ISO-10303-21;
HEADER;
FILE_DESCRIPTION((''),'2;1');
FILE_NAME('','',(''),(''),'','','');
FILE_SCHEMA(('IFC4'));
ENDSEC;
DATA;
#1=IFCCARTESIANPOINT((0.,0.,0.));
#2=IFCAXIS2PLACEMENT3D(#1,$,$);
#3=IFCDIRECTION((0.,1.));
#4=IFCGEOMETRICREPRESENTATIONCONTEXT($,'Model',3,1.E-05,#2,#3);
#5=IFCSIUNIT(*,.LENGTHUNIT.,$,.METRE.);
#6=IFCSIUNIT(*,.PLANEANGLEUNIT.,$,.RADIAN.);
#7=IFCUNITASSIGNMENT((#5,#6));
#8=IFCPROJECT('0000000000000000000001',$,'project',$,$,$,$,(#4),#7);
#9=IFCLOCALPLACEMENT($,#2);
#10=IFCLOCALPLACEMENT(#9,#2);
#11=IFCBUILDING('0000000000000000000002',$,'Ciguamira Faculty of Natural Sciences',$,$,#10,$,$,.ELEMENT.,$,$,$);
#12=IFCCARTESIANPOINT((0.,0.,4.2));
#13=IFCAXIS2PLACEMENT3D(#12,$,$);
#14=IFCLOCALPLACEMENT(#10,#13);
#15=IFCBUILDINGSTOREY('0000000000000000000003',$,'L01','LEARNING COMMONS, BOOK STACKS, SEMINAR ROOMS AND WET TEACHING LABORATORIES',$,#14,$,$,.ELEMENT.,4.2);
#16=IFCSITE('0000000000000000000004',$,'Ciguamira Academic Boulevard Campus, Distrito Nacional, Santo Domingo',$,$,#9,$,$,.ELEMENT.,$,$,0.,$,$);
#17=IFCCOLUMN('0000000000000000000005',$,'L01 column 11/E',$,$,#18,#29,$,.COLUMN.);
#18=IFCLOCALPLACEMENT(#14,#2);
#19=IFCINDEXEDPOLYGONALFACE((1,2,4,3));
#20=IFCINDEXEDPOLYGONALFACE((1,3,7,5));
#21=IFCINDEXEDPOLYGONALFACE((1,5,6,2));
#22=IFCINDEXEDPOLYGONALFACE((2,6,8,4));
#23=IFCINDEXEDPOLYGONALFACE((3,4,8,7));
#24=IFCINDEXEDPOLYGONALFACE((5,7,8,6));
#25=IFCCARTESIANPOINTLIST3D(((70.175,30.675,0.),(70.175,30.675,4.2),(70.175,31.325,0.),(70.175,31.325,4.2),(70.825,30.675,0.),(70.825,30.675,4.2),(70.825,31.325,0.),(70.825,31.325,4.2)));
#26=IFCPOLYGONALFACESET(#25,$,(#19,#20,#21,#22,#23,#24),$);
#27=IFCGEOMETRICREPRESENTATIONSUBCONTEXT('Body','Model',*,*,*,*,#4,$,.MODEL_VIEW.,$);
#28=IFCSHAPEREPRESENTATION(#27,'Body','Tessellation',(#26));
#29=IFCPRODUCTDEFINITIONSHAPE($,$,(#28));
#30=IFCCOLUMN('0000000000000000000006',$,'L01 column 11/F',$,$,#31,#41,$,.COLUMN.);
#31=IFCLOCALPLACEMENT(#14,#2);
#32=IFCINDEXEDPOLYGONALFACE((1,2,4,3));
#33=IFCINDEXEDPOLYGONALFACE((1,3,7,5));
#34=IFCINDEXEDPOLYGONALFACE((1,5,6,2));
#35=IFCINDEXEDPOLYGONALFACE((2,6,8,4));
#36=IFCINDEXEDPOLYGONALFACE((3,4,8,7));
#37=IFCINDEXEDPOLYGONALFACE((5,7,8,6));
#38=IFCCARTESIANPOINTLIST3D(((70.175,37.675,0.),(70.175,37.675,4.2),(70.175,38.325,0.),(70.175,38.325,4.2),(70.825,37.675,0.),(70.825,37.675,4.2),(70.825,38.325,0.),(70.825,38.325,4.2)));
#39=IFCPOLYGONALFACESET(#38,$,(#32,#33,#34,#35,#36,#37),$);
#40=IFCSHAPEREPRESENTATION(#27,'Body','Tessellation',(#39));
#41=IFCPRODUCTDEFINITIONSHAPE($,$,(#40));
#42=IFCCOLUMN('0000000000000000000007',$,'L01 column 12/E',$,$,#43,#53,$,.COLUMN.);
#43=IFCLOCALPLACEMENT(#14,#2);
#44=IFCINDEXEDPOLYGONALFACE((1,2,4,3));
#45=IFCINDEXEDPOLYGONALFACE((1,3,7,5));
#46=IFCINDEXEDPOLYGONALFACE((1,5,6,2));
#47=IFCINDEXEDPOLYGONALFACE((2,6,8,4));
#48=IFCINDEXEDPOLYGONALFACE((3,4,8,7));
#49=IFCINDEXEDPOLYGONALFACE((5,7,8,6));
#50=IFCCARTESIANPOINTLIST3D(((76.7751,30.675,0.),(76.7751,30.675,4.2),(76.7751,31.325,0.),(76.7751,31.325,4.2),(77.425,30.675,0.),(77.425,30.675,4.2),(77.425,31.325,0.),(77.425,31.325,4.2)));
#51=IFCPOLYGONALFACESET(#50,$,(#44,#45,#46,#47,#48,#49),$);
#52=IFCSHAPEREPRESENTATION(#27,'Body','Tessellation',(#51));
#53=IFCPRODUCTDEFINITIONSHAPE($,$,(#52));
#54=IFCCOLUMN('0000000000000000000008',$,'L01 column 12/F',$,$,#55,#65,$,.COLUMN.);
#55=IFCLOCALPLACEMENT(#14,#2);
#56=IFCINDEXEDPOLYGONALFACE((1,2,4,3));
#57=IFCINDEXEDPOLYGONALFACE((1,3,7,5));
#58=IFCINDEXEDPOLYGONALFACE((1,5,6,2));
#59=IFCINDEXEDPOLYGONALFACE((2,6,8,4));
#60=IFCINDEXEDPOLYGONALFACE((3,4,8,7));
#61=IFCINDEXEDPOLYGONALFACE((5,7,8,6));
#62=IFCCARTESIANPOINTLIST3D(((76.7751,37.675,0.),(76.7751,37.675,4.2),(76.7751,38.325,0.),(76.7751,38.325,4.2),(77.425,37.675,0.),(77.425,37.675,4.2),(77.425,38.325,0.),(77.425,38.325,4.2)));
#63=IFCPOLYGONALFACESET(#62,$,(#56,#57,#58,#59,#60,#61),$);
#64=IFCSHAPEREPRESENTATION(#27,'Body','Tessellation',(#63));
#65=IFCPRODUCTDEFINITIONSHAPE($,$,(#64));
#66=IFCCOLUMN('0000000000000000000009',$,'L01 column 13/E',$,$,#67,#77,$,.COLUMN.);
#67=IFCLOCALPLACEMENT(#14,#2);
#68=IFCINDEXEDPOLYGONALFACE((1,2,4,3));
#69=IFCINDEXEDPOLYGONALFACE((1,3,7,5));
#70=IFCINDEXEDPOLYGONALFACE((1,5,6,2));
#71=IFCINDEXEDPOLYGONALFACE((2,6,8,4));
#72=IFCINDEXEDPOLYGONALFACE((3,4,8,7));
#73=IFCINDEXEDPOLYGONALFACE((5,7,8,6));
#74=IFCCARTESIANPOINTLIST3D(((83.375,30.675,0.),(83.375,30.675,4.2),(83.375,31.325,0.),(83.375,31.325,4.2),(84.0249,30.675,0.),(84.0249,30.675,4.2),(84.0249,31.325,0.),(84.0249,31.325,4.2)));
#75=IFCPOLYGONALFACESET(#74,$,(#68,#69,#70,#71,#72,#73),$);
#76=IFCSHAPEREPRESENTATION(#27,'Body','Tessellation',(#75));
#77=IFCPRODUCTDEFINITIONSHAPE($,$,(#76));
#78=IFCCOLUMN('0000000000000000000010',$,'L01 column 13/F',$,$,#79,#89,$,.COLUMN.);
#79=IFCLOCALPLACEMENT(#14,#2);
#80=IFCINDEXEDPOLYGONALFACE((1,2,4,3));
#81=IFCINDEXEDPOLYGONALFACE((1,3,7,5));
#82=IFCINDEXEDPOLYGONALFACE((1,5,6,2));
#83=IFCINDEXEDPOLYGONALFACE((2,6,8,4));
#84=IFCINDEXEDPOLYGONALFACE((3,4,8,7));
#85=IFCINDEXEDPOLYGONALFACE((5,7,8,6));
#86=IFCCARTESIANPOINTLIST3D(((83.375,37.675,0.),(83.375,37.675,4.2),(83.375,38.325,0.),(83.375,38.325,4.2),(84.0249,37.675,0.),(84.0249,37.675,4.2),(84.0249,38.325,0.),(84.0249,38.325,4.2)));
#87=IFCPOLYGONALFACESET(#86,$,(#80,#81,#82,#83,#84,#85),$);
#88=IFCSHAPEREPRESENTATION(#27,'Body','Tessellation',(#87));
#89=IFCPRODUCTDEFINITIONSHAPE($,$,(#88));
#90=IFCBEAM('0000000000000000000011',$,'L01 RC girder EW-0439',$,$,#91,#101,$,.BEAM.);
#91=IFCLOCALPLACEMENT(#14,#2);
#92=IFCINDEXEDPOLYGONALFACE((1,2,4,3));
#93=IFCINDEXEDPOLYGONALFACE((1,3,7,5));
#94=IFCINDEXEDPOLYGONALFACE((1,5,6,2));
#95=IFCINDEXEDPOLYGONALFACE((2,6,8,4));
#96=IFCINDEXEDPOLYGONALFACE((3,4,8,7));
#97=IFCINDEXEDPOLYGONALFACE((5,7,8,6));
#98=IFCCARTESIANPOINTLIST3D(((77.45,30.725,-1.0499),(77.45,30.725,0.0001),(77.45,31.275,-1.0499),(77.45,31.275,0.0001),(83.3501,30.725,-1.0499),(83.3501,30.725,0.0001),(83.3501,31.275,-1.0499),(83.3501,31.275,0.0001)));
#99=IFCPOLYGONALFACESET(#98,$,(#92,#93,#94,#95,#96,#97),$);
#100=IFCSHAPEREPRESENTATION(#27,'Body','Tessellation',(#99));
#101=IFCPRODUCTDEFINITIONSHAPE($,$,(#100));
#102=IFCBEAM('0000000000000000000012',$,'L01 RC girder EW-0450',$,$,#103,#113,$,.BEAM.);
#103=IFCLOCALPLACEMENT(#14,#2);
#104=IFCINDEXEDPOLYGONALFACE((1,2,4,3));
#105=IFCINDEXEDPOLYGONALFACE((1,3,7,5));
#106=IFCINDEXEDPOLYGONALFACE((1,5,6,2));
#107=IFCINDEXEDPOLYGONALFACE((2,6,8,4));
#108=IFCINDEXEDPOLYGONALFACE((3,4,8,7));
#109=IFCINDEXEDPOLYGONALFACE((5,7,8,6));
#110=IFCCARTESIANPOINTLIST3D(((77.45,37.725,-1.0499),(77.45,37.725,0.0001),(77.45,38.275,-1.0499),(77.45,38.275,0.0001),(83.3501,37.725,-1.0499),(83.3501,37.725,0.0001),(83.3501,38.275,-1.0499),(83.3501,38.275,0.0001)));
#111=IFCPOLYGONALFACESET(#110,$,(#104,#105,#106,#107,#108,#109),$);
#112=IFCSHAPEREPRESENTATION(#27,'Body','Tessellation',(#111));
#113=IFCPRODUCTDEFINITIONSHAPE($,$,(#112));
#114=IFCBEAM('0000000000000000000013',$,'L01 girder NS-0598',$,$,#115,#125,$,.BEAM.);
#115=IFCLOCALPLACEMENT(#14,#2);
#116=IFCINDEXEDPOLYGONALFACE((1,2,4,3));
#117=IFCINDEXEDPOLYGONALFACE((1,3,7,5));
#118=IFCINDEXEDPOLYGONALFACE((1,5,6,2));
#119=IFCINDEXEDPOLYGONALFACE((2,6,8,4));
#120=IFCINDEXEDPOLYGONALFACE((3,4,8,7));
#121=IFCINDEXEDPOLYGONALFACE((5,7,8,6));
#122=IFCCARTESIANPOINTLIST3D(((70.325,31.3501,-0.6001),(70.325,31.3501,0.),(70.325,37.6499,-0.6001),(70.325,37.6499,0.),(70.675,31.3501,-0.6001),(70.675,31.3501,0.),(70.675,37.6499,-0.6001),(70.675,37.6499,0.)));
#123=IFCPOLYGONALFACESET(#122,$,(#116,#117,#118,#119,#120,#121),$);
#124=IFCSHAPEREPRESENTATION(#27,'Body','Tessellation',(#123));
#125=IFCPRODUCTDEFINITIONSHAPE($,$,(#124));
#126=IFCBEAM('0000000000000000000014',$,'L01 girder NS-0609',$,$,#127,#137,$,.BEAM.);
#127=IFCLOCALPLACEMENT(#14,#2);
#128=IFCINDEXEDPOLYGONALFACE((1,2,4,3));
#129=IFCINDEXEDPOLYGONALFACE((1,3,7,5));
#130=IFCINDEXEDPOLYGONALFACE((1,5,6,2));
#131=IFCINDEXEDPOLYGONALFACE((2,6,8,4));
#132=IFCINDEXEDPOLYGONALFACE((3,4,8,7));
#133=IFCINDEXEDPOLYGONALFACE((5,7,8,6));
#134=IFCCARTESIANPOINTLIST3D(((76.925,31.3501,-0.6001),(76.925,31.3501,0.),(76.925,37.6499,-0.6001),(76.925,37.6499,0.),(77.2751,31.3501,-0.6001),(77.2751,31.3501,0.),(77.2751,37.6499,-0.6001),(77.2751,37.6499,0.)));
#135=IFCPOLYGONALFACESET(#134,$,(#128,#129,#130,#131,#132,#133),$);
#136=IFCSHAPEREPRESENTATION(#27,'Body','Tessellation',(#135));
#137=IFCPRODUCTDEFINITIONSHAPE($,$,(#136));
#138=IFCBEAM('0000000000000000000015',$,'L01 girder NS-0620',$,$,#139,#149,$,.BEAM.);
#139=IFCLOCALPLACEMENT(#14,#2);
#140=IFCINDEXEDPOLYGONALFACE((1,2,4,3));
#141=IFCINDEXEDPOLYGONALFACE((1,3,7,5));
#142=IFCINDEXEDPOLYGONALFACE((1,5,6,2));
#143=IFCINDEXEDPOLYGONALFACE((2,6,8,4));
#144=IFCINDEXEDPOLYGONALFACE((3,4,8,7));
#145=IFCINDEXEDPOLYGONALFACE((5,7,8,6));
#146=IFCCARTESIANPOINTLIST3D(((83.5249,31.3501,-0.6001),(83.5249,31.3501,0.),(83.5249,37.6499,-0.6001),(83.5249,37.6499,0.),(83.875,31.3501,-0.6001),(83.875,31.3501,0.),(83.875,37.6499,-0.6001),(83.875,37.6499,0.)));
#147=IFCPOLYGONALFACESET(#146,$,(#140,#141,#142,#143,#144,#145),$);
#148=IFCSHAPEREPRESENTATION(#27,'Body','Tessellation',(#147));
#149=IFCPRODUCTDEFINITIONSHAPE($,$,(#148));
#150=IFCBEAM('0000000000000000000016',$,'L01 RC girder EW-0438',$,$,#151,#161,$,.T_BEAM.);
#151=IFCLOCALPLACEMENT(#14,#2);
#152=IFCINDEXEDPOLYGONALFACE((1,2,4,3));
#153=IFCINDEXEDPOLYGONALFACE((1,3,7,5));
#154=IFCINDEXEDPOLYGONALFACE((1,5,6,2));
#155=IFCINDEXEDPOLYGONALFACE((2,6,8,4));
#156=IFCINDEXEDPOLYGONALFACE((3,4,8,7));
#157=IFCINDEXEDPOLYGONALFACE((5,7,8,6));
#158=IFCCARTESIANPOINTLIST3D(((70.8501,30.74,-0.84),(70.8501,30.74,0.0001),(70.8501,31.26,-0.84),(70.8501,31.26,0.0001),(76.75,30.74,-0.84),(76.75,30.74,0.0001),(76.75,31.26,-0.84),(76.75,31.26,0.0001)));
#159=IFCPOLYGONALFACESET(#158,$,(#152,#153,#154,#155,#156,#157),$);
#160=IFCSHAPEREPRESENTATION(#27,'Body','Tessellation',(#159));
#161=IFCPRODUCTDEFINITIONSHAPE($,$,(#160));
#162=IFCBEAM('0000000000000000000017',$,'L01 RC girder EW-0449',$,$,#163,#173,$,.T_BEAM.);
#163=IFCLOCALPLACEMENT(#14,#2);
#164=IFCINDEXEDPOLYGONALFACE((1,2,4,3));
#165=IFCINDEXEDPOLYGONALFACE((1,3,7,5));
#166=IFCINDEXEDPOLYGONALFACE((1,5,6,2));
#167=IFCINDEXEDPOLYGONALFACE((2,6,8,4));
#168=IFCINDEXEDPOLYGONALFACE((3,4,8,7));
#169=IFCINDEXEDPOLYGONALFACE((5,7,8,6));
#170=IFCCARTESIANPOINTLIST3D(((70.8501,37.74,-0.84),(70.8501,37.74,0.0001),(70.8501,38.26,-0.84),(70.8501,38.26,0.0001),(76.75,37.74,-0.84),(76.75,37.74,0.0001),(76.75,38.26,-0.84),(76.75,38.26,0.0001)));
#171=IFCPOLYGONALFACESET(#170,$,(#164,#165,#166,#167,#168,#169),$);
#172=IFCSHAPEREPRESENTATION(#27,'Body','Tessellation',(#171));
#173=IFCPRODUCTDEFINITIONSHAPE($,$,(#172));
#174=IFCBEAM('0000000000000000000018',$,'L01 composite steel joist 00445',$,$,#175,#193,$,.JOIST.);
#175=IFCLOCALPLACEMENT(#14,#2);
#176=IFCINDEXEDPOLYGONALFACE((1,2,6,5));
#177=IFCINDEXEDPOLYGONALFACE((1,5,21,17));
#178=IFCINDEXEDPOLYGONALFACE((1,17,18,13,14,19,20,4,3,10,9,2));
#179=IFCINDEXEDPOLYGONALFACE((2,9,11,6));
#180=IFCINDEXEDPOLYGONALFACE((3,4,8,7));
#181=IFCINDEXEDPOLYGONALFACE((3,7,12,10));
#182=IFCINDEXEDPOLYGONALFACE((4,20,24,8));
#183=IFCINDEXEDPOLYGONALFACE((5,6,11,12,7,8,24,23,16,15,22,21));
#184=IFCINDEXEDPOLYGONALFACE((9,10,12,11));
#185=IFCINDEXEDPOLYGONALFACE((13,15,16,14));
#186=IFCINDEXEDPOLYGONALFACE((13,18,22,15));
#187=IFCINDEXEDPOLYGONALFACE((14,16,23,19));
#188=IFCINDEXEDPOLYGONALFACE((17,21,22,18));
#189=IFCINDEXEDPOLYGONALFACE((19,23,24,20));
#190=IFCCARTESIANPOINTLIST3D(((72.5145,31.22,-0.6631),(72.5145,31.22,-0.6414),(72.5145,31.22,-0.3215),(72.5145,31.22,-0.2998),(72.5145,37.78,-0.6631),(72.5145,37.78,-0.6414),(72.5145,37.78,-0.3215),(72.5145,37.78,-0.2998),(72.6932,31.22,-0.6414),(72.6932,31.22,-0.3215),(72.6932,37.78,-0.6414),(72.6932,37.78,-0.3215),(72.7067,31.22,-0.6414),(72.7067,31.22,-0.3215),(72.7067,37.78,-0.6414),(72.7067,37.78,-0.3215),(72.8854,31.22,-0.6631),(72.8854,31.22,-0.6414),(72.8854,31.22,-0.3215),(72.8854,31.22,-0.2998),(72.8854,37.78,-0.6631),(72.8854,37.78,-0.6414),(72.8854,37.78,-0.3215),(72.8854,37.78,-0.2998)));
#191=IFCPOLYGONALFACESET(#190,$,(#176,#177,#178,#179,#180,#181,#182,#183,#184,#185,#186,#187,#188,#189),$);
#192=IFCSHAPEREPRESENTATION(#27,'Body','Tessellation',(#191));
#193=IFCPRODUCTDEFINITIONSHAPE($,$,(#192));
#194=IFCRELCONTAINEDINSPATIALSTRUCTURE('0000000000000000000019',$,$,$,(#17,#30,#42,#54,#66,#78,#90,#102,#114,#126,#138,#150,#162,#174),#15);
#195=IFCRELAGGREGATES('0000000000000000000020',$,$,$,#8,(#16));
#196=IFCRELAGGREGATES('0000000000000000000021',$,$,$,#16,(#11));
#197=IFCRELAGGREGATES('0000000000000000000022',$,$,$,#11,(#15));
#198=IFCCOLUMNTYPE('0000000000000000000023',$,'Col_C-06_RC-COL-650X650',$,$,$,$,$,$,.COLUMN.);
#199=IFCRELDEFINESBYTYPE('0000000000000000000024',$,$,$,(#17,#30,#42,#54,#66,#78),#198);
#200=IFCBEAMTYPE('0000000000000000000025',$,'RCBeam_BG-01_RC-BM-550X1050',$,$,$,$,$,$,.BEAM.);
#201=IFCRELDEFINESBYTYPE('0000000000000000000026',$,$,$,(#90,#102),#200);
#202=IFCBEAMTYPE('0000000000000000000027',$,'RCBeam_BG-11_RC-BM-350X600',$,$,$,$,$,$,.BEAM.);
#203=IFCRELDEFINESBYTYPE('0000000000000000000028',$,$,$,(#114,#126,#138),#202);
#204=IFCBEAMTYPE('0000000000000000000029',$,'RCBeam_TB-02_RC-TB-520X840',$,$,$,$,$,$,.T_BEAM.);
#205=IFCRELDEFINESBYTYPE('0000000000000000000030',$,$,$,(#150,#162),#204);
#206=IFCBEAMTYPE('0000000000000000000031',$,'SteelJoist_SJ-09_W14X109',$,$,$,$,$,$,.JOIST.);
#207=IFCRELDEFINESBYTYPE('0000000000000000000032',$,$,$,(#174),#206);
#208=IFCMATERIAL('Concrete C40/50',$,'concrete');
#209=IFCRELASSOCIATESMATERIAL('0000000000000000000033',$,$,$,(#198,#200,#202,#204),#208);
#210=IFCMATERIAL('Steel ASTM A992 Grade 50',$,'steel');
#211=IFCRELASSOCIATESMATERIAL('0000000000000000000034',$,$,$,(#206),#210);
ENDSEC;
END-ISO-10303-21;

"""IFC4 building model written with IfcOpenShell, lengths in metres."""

from ifc_helpers import new_model, si_unit, direction, frame, origin, origin_2d, place, context, subcontext, project, spatial, rectangle, i_section, extrude, material, material_profile, profile_set, type_object, element, save


model = new_model("IFC4")

# Units and contexts
model_context = context("Model", 3, precision=1e-05, world=origin(), true_north=direction((0.0, 1.0)))
body_context = subcontext(model_context, "Body", "Model", "MODEL_VIEW")
ifc_project = project(units=[si_unit("LENGTHUNIT", "METRE"), si_unit("PLANEANGLEUNIT", "RADIAN")], contexts=[model_context])

# Site, building, storey
site_placement = place(None, origin())
site = spatial("IfcSite", under=ifc_project, at=site_placement, Name="Ciguamira Academic Boulevard Campus, Distrito Nacional, Santo Domingo", CompositionType="ELEMENT", RefElevation=0.0)
building_placement = place(site_placement, origin())
building = spatial("IfcBuilding", under=site, at=building_placement, Name="Ciguamira Faculty of Natural Sciences", CompositionType="ELEMENT")
storey_placement = place(building_placement, frame((0.0, 0.0, 4.2)))
storey = spatial("IfcBuildingStorey", under=building, at=storey_placement, Name="L01", Description="LEARNING COMMONS, BOOK STACKS, SEMINAR ROOMS AND WET TEACHING LABORATORIES", CompositionType="ELEMENT", Elevation=4.2)

# Columns
ifc_material_1 = material(Name="Concrete C40/50", Category="concrete")
ifc_material_profile_1 = material_profile(ifc_material_1, rectangle(XDim=0.6499, YDim=0.6499, at=origin_2d()), Name="RC-COL-650X650")
ifc_profile_set_1 = profile_set([ifc_material_profile_1], Name="Concrete C40/50")
column_type = type_object("IfcColumnType", Name="Col_C-06_RC-COL-650X650", PredefinedType="COLUMN", material=ifc_profile_set_1)
for number, where, z_axis, x_axis, name in (
    (1, (70.5, 31.0, 0.0), (0.0, 0.0, 1.0), (1.0, 0.0, 0.0), "L01 column 11/E"),
    (2, (70.5, 38.0, 0.0), (0.0, 0.0, 1.0), (1.0, 0.0, 0.0), "L01 column 11/F"),
    (3, (77.1001, 31.0, 0.0), (0.0, 0.0, 1.0), (1.0, 0.0, 0.0), "L01 column 12/E"),
    (4, (77.1001, 38.0, 0.0), (0.0, 0.0, 1.0), (1.0, 0.0, 0.0), "L01 column 12/F"),
    (5, (83.7, 31.0, 0.0), (0.0, 0.0, 1.0), (1.0, 0.0, 0.0), "L01 column 13/E"),
    (6, (83.7, 38.0, 0.0), (0.0, 0.0, 1.0), (1.0, 0.0, 0.0), "L01 column 13/F"),
):
    element("IfcColumn", number, at=place(storey_placement, frame(where, z_axis=z_axis, x_axis=x_axis)), inside=storey, type_object=column_type, Name=name, PredefinedType="COLUMN", context=body_context, shape_type="SweptSolid", body=[
        extrude(rectangle(XDim=0.6499, YDim=0.6499, at=origin_2d()), origin(), (0.0, 0.0, 1.0), 4.2),
    ])

# Beams
ifc_material_profile_2 = material_profile(ifc_material_1, rectangle(XDim=0.55, YDim=1.05, at=origin_2d()), Name="RC-BM-550X1050")
ifc_profile_set_2 = profile_set([ifc_material_profile_2], Name="Concrete C40/50")
beam_type_1 = type_object("IfcBeamType", Name="RCBeam_BG-01_RC-BM-550X1050", PredefinedType="BEAM", material=ifc_profile_set_2)
for number, where, z_axis, x_axis, name in (
    (7, (77.45, 31.0, -0.5249), (1.0, 0.0, 0.0), (0.0, 1.0, 0.0), "L01 RC girder EW-0439"),
    (8, (77.45, 38.0, -0.5249), (1.0, 0.0, 0.0), (0.0, 1.0, 0.0), "L01 RC girder EW-0450"),
):
    element("IfcBeam", number, at=place(storey_placement, frame(where, z_axis=z_axis, x_axis=x_axis)), inside=storey, type_object=beam_type_1, Name=name, PredefinedType="BEAM", context=body_context, shape_type="SweptSolid", body=[
        extrude(rectangle(XDim=0.55, YDim=1.05, at=origin_2d()), origin(), (0.0, 0.0, 1.0), 5.9001),
    ])
ifc_material_profile_3 = material_profile(ifc_material_1, rectangle(XDim=0.3501, YDim=0.6001, at=origin_2d()), Name="RC-BM-350X600")
ifc_profile_set_3 = profile_set([ifc_material_profile_3], Name="Concrete C40/50")
beam_type_2 = type_object("IfcBeamType", Name="RCBeam_BG-11_RC-BM-350X600", PredefinedType="BEAM", material=ifc_profile_set_3)
for number, where, z_axis, x_axis, name in (
    (9, (70.5, 31.3501, -0.3), (0.0, 1.0, 0.0), (-1.0, 0.0, 0.0), "L01 girder NS-0598"),
    (10, (77.1001, 31.3501, -0.3), (0.0, 1.0, 0.0), (-1.0, 0.0, 0.0), "L01 girder NS-0609"),
    (11, (83.7, 31.3501, -0.3), (0.0, 1.0, 0.0), (-1.0, 0.0, 0.0), "L01 girder NS-0620"),
):
    element("IfcBeam", number, at=place(storey_placement, frame(where, z_axis=z_axis, x_axis=x_axis)), inside=storey, type_object=beam_type_2, Name=name, PredefinedType="BEAM", context=body_context, shape_type="SweptSolid", body=[
        extrude(rectangle(XDim=0.3501, YDim=0.6001, at=origin_2d()), origin(), (0.0, 0.0, 1.0), 6.2998),
    ])
ifc_material_profile_4 = material_profile(ifc_material_1, rectangle(XDim=0.52, YDim=0.8401, at=origin_2d()), Name="RC-TB-520X840")
ifc_profile_set_4 = profile_set([ifc_material_profile_4], Name="Concrete C40/50")
beam_type_3 = type_object("IfcBeamType", Name="RCBeam_TB-02_RC-TB-520X840", PredefinedType="T_BEAM", material=ifc_profile_set_4)
for number, where, z_axis, x_axis, name in (
    (12, (70.8501, 31.0, -0.4199), (1.0, 0.0, 0.0), (0.0, 1.0, 0.0), "L01 RC girder EW-0438"),
    (13, (70.8501, 38.0, -0.4199), (1.0, 0.0, 0.0), (0.0, 1.0, 0.0), "L01 RC girder EW-0449"),
):
    element("IfcBeam", number, at=place(storey_placement, frame(where, z_axis=z_axis, x_axis=x_axis)), inside=storey, type_object=beam_type_3, Name=name, PredefinedType="T_BEAM", context=body_context, shape_type="SweptSolid", body=[
        extrude(rectangle(XDim=0.52, YDim=0.8401, at=origin_2d()), origin(), (0.0, 0.0, 1.0), 5.8999),
    ])
ifc_material_2 = material(Name="Steel ASTM A992 Grade 50", Category="steel")
ifc_material_profile_5 = material_profile(ifc_material_2, i_section(OverallWidth=0.3708, OverallDepth=0.3633, WebThickness=0.0134, FlangeThickness=0.0217, at=origin_2d()), Name="W14X109")
ifc_profile_set_5 = profile_set([ifc_material_profile_5], Name="Steel ASTM A992 Grade 50")
beam_type_4 = type_object("IfcBeamType", Name="SteelJoist_SJ-09_W14X109", PredefinedType="JOIST", material=ifc_profile_set_5)
beam_1_placement = place(storey_placement, frame((72.7, 31.22, -0.4814), z_axis=(0.0, 1.0, 0.0), x_axis=(-1.0, 0.0, 0.0)))
element("IfcBeam", 14, at=beam_1_placement, inside=storey, type_object=beam_type_4, Name="L01 composite steel joist 00445", PredefinedType="JOIST", context=body_context, shape_type="SweptSolid", body=[
    extrude(i_section(OverallWidth=0.3708, OverallDepth=0.3633, WebThickness=0.0134, FlangeThickness=0.0217, at=origin_2d()), origin(), (0.0, 0.0, 1.0), 6.5601),
])

save(model, "model.ifc")
